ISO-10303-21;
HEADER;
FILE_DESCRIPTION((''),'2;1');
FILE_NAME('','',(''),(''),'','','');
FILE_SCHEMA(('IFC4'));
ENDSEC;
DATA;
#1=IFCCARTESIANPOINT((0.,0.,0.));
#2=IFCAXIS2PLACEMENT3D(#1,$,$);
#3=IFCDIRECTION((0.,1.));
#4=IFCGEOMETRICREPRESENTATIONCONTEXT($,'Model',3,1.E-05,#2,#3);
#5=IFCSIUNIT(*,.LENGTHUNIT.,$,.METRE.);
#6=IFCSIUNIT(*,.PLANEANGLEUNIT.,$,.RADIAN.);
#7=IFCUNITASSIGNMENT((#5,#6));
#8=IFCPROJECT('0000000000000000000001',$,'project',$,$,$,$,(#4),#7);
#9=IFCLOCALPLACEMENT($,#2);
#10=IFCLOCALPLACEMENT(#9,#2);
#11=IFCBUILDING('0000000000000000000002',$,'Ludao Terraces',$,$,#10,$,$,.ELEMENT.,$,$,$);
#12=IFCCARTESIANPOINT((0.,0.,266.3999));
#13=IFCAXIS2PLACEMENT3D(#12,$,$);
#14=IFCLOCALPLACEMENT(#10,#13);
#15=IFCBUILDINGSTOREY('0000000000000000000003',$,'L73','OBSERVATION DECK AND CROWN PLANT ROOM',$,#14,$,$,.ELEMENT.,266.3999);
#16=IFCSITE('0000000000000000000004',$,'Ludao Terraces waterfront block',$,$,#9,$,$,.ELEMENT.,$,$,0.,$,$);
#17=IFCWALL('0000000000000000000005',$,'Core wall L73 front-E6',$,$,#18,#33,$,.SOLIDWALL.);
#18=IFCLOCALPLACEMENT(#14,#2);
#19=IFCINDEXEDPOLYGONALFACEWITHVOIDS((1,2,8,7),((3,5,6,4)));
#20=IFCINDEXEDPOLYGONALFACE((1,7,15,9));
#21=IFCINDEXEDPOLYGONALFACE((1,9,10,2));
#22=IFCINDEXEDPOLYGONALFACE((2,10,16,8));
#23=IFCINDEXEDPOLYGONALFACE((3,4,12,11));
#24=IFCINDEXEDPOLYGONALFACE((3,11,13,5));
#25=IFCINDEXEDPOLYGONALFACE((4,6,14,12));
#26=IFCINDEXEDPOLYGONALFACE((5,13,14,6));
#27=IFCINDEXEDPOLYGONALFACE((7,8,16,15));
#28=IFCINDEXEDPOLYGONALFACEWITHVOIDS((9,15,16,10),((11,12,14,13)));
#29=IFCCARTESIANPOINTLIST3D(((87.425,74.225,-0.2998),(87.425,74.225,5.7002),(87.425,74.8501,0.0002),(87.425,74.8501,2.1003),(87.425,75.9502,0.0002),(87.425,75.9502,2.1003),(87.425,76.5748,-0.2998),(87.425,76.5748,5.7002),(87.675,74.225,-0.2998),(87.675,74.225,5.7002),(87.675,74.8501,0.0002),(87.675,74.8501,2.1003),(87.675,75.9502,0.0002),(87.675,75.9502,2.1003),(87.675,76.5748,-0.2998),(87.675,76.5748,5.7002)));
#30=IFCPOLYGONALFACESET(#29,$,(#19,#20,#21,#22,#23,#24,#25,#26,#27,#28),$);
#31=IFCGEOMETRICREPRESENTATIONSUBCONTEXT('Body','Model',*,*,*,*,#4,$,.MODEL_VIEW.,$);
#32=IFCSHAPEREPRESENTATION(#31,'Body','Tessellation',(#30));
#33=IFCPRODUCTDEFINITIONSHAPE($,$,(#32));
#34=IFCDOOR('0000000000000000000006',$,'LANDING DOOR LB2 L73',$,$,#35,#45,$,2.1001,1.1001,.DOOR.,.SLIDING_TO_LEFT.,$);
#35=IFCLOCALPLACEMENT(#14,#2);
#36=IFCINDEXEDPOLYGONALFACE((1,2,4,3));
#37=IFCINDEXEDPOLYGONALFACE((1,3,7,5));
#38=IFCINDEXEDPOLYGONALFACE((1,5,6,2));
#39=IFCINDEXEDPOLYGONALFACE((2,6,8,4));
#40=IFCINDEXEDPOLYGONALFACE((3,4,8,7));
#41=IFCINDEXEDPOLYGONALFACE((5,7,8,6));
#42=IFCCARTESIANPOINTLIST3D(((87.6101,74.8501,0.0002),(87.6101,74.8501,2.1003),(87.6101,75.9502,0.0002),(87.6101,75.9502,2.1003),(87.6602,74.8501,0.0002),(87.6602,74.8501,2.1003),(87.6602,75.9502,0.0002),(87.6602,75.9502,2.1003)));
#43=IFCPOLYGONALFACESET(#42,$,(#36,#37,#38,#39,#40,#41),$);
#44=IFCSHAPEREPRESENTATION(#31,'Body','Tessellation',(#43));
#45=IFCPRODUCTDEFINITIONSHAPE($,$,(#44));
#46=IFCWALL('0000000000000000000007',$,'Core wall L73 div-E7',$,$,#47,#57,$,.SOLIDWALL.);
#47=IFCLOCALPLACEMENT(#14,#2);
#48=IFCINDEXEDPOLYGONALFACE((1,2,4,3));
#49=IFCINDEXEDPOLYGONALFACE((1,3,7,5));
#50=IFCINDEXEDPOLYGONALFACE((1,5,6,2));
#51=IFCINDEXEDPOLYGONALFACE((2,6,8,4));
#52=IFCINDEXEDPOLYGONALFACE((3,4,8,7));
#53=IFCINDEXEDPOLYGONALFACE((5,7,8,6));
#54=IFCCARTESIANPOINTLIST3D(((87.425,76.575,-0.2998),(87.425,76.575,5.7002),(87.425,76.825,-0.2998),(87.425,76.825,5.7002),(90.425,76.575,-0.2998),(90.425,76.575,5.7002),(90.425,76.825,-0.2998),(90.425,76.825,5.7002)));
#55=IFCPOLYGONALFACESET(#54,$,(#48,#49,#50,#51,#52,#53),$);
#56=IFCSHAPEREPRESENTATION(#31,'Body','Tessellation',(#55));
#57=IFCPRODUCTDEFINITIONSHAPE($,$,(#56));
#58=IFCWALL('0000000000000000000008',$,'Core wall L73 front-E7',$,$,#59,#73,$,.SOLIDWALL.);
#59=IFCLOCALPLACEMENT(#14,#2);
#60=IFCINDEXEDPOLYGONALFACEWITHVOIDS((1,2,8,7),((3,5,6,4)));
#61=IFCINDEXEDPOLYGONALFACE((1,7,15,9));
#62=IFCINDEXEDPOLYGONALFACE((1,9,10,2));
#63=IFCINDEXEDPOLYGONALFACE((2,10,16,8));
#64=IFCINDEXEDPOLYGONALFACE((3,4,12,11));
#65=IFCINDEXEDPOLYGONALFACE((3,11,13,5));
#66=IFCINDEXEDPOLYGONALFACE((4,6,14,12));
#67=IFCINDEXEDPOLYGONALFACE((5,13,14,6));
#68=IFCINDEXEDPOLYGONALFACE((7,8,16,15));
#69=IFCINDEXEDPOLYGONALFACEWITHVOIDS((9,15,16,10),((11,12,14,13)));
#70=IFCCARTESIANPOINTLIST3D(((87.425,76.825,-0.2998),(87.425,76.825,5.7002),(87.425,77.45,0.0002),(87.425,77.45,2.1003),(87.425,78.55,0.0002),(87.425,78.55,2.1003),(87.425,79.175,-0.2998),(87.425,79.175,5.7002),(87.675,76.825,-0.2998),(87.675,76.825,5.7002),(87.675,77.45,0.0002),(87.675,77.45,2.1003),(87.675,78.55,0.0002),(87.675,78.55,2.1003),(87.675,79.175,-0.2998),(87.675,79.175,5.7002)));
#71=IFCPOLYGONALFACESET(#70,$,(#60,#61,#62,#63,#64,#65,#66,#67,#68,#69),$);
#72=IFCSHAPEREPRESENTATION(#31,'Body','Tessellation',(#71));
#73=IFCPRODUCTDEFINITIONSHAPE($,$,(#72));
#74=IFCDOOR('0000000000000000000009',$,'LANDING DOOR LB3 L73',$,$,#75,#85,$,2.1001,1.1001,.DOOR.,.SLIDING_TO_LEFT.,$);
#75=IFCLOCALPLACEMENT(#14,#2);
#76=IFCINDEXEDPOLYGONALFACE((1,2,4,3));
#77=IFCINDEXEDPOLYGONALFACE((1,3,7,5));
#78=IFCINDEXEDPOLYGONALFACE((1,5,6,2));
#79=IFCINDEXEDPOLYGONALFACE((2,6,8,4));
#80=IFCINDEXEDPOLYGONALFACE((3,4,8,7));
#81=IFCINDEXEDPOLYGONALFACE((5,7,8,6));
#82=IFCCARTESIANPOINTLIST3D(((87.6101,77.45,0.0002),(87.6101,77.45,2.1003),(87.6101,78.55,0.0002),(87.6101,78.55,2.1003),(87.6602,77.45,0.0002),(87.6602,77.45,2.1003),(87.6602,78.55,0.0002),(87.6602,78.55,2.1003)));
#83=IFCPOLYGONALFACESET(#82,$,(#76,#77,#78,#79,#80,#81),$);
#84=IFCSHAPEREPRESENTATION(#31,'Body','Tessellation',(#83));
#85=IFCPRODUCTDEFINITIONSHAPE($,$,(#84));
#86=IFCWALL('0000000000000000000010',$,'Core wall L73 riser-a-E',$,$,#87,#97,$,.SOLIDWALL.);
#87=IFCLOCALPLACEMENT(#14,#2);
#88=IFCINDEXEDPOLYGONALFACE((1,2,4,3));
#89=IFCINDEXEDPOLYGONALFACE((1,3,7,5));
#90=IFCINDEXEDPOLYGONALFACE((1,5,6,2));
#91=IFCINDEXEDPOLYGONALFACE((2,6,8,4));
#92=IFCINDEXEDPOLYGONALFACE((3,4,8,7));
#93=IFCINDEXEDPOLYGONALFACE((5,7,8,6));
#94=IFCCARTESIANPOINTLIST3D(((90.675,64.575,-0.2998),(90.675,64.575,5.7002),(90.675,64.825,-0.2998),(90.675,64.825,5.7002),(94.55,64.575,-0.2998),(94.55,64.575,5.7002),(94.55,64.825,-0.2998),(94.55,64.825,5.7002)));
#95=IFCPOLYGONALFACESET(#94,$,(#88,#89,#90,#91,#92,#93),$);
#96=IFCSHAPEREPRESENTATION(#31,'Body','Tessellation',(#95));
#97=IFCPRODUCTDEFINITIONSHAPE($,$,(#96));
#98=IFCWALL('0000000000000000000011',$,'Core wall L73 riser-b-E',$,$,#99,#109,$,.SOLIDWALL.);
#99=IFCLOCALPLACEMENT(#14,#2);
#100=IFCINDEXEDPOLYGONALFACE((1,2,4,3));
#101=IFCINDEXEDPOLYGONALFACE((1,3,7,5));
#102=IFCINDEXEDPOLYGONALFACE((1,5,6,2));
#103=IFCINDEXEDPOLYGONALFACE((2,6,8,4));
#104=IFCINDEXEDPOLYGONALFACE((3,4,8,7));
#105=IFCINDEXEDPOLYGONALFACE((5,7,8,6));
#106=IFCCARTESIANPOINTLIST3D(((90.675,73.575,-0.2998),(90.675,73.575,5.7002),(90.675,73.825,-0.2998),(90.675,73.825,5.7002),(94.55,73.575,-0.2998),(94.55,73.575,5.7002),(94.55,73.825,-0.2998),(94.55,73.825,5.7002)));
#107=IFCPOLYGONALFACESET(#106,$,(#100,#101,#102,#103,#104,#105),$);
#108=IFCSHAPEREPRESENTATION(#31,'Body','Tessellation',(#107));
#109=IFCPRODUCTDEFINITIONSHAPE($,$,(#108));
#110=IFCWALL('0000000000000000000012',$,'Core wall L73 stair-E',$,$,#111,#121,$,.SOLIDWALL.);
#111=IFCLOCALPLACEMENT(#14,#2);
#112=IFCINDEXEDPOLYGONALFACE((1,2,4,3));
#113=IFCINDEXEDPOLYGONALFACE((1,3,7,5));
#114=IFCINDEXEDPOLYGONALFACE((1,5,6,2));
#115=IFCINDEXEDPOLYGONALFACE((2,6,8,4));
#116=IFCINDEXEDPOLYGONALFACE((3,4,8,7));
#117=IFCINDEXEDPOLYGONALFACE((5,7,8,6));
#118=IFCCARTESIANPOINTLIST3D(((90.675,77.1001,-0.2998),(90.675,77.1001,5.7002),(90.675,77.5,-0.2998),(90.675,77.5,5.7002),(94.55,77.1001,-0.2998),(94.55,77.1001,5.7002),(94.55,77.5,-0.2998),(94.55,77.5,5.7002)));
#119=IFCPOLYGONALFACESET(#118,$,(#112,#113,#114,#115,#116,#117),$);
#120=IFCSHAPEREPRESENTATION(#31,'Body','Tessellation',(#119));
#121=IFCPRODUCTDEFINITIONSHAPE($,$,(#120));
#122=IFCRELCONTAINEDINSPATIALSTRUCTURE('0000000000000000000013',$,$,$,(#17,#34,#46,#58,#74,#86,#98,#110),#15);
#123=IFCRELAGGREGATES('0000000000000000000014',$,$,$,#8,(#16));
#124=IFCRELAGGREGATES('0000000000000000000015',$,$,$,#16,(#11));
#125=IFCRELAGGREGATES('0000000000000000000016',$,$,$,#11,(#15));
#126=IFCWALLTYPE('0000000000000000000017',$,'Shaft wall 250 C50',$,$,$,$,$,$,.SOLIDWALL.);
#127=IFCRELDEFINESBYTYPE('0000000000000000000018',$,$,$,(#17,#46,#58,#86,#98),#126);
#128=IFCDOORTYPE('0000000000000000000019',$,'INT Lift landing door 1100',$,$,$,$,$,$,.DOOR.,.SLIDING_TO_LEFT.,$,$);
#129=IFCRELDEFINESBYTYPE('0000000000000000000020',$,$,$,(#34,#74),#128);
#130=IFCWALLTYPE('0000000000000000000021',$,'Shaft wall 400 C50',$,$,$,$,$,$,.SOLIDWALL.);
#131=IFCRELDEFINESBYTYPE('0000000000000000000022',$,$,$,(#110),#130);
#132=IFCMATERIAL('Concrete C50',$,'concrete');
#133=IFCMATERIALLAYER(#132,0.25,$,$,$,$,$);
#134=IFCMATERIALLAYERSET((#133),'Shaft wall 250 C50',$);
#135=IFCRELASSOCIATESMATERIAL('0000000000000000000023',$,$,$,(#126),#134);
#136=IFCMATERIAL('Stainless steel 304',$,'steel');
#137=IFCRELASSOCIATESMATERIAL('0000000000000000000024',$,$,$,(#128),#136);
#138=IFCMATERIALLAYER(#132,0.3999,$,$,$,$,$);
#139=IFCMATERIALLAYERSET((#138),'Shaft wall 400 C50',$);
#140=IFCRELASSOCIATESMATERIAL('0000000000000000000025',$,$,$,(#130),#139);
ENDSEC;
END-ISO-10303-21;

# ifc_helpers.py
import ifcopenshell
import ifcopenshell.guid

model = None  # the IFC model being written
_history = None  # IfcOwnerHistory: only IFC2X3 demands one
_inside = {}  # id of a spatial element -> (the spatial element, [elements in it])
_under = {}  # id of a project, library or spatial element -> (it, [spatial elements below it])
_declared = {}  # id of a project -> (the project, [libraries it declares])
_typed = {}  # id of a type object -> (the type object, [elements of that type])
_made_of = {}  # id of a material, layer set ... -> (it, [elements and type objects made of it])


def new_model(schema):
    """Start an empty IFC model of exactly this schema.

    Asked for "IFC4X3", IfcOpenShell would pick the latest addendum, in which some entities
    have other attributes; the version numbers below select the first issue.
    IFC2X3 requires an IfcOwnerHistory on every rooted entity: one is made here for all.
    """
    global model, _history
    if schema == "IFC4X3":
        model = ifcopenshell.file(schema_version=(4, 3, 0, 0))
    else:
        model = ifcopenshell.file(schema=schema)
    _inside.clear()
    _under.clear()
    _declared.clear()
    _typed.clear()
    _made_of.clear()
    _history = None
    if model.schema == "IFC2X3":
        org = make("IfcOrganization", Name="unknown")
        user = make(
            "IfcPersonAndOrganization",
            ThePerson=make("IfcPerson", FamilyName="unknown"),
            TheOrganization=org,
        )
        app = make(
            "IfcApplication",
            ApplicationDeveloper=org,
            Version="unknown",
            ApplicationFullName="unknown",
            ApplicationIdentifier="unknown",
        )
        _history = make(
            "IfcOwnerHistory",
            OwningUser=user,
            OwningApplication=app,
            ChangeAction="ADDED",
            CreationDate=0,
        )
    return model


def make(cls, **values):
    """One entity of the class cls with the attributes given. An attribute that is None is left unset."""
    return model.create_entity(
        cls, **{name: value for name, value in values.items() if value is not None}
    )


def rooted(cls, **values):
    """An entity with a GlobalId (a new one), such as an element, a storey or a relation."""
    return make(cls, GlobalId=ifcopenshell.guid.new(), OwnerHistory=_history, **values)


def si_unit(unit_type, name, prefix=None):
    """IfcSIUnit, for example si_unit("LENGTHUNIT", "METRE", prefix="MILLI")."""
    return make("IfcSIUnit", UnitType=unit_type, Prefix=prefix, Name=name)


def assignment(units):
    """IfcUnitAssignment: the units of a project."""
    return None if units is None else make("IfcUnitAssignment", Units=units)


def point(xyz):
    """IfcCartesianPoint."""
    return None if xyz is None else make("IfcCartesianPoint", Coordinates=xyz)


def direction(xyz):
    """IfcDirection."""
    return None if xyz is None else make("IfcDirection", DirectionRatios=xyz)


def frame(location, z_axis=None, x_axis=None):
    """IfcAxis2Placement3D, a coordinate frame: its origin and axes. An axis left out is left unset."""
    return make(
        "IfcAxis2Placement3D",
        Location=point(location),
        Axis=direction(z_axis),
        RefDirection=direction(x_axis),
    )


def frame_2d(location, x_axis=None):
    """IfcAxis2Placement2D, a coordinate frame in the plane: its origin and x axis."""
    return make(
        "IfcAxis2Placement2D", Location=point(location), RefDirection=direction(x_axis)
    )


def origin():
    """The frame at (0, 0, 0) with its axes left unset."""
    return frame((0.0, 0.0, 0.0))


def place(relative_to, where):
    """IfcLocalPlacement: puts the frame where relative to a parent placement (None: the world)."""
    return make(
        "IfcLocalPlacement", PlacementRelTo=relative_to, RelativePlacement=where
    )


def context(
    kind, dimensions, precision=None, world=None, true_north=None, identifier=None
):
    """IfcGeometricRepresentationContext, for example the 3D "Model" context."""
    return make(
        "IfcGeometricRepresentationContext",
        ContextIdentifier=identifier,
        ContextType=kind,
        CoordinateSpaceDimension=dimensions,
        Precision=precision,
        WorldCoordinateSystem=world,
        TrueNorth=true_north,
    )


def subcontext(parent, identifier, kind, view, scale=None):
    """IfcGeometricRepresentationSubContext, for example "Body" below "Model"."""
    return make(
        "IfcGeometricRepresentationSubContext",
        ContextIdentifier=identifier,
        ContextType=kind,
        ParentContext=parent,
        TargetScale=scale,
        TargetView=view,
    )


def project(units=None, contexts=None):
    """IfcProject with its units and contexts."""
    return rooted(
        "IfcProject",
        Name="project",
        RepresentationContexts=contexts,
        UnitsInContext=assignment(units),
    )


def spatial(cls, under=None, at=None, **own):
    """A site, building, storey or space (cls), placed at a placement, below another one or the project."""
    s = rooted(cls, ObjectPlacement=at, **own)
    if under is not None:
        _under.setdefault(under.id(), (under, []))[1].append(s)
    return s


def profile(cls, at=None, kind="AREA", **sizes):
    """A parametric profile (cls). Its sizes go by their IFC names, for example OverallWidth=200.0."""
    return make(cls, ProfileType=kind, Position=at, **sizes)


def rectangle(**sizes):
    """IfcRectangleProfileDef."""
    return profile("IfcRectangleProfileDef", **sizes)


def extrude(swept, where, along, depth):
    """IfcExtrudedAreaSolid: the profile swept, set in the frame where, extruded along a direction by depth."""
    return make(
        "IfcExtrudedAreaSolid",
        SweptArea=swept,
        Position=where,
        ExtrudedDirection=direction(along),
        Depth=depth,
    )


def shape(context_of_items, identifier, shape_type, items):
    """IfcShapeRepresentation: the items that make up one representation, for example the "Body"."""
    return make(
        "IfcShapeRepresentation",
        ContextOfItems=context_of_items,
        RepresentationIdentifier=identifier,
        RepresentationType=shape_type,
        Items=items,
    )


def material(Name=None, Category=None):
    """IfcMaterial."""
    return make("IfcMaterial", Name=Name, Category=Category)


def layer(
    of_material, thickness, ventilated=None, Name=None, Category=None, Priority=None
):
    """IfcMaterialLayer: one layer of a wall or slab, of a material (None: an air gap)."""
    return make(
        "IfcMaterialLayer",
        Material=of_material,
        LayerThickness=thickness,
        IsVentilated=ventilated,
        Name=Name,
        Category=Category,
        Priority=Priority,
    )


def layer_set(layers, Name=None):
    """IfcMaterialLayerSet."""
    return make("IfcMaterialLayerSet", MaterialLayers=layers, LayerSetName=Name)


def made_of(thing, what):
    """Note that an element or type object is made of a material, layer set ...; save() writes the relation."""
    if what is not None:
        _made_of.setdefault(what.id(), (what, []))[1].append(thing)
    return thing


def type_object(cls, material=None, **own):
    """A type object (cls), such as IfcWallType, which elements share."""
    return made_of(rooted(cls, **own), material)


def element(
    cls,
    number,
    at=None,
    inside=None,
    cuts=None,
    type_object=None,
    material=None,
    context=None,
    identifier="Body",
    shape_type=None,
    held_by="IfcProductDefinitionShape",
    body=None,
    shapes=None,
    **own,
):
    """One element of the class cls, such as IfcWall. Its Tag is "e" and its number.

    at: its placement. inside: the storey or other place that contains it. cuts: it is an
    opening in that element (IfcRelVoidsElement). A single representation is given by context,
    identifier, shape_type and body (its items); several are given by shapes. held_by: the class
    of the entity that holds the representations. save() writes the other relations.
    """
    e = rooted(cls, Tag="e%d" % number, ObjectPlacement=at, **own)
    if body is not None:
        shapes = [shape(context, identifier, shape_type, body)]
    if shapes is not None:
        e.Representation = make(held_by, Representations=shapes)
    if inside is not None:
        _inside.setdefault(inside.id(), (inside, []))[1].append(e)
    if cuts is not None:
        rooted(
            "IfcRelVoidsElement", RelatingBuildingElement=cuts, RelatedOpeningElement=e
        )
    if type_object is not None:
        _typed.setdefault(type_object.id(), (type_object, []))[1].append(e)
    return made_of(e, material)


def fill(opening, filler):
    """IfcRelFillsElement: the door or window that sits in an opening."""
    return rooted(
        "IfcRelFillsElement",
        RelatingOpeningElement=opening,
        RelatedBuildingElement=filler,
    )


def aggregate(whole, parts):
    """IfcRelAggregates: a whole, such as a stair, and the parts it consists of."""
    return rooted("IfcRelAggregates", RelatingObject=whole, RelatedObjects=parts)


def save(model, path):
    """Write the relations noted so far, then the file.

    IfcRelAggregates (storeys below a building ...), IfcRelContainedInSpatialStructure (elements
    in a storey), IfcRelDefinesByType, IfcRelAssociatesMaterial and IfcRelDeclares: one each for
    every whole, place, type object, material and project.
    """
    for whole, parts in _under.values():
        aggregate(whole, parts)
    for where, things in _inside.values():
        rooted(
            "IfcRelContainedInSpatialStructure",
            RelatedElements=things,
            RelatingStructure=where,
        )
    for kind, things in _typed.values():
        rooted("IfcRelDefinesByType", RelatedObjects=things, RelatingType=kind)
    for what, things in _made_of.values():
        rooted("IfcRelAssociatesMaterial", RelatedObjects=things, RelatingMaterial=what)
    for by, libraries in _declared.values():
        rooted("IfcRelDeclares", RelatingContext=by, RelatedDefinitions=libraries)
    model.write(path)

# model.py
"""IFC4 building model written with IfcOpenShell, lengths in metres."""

from ifc_helpers import new_model, si_unit, direction, frame, frame_2d, origin, place, context, subcontext, project, spatial, rectangle, extrude, material, layer, layer_set, type_object, element, fill, save


model = new_model("IFC4")

# Units and contexts
model_context = context("Model", 3, precision=1e-05, world=origin(), true_north=direction((0.0, 1.0)))
body_context = subcontext(model_context, "Body", "Model", "MODEL_VIEW")
ifc_project = project(units=[si_unit("LENGTHUNIT", "METRE"), si_unit("PLANEANGLEUNIT", "RADIAN")], contexts=[model_context])

# Site, building, storey
site_placement = place(None, origin())
site = spatial("IfcSite", under=ifc_project, at=site_placement, Name="Ludao Terraces waterfront block", CompositionType="ELEMENT", RefElevation=0.0)
building_placement = place(site_placement, origin())
building = spatial("IfcBuilding", under=site, at=building_placement, Name="Ludao Terraces", CompositionType="ELEMENT")
storey_placement = place(building_placement, frame((0.0, 0.0, 266.3999)))
storey = spatial("IfcBuildingStorey", under=building, at=storey_placement, Name="L73", Description="OBSERVATION DECK AND CROWN PLANT ROOM", CompositionType="ELEMENT", Elevation=266.3999)

# Shared definitions
ifc_material_1 = material(Name="Concrete C50", Category="concrete")

# Shared definitions
ifc_layer_1 = layer(ifc_material_1, 0.25)
ifc_layer_set_1 = layer_set([ifc_layer_1], Name="Shaft wall 250 C50")
wall_type_1 = type_object("IfcWallType", Name="Shaft wall 250 C50", PredefinedType="SOLIDWALL", material=ifc_layer_set_1)

# Shared definitions
ifc_material_2 = material(Name="Stainless steel 304", Category="steel")
door_type_1 = type_object("IfcDoorType", Name="INT Lift landing door 1100", OperationType="SLIDING_TO_LEFT", PredefinedType="DOOR", material=ifc_material_2)

# Wall, opening, door
wall_1_placement = place(storey_placement, frame((87.55, 74.2251, -0.2998), z_axis=(0.0, 0.0, 1.0), x_axis=(0.0, 1.0, 0.0)))
wall_1 = element("IfcWall", 1, at=wall_1_placement, inside=storey, type_object=wall_type_1, Name="Core wall L73 front-E6", PredefinedType="SOLIDWALL", context=body_context, shape_type="SweptSolid", body=[
    extrude(rectangle(XDim=2.3499, YDim=0.25, at=frame_2d((1.1748, 0.0))), origin(), (0.0, 0.0, 1.0), 6.0),
])
opening_1_placement = place(wall_1_placement, frame((0.625, 0.0, 0.3)))
opening_1 = element("IfcOpeningElement", 2, at=opening_1_placement, cuts=wall_1, PredefinedType="OPENING", context=body_context, shape_type="SweptSolid", body=[
    extrude(rectangle(XDim=1.1001, YDim=2.1001, at=frame_2d((0.55, 1.05))), frame((0.0, 0.135, 0.0), z_axis=(0.0, -1.0, 0.0), x_axis=(1.0, 0.0, 0.0)), (0.0, 0.0, 1.0), 0.27),
])
door_1_placement = place(opening_1_placement, origin())
door_1 = element("IfcDoor", 3, at=door_1_placement, inside=storey, type_object=door_type_1, Name="LANDING DOOR LB2 L73", OperationType="SLIDING_TO_LEFT", OverallHeight=2.1001, OverallWidth=1.1001, PredefinedType="DOOR", context=body_context, shape_type="SweptSolid", body=[
    extrude(rectangle(XDim=1.1001, YDim=2.1001, at=frame_2d((0.55, 1.05))), frame((0.0, -0.0601, 0.0), z_axis=(0.0, -1.0, 0.0), x_axis=(1.0, 0.0, 0.0)), (0.0, 0.0, 1.0), 0.05),
])
fill(opening_1, door_1)

# Wall
wall_2_placement = place(storey_placement, frame((87.425, 76.7, -0.2998), z_axis=(0.0, 0.0, 1.0), x_axis=(1.0, 0.0, 0.0)))
element("IfcWall", 4, at=wall_2_placement, inside=storey, type_object=wall_type_1, Name="Core wall L73 div-E7", PredefinedType="SOLIDWALL", context=body_context, shape_type="SweptSolid", body=[
    extrude(rectangle(XDim=3.0, YDim=0.25, at=frame_2d((1.5, 0.0))), origin(), (0.0, 0.0, 1.0), 6.0),
])

# Wall, opening, door
wall_3_placement = place(storey_placement, frame((87.55, 76.825, -0.2998), z_axis=(0.0, 0.0, 1.0), x_axis=(0.0, 1.0, 0.0)))
wall_3 = element("IfcWall", 5, at=wall_3_placement, inside=storey, type_object=wall_type_1, Name="Core wall L73 front-E7", PredefinedType="SOLIDWALL", context=body_context, shape_type="SweptSolid", body=[
    extrude(rectangle(XDim=2.3501, YDim=0.25, at=frame_2d((1.175, 0.0))), origin(), (0.0, 0.0, 1.0), 6.0),
])
opening_2_placement = place(wall_3_placement, frame((0.625, 0.0, 0.3)))
opening_2 = element("IfcOpeningElement", 6, at=opening_2_placement, cuts=wall_3, PredefinedType="OPENING", context=body_context, shape_type="SweptSolid", body=[
    extrude(rectangle(XDim=1.1001, YDim=2.1001, at=frame_2d((0.55, 1.05))), frame((0.0, 0.135, 0.0), z_axis=(0.0, -1.0, 0.0), x_axis=(1.0, 0.0, 0.0)), (0.0, 0.0, 1.0), 0.27),
])
door_2_placement = place(opening_2_placement, origin())
door_2 = element("IfcDoor", 7, at=door_2_placement, inside=storey, type_object=door_type_1, Name="LANDING DOOR LB3 L73", OperationType="SLIDING_TO_LEFT", OverallHeight=2.1001, OverallWidth=1.1001, PredefinedType="DOOR", context=body_context, shape_type="SweptSolid", body=[
    extrude(rectangle(XDim=1.1001, YDim=2.1001, at=frame_2d((0.55, 1.05))), frame((0.0, -0.0601, 0.0), z_axis=(0.0, -1.0, 0.0), x_axis=(1.0, 0.0, 0.0)), (0.0, 0.0, 1.0), 0.05),
])
fill(opening_2, door_2)

# Walls
for number, where, z_axis, x_axis, name in (
    (8, (90.675, 64.7, -0.2998), (0.0, 0.0, 1.0), (1.0, 0.0, 0.0), "Core wall L73 riser-a-E"),
    (9, (90.675, 73.7, -0.2998), (0.0, 0.0, 1.0), (1.0, 0.0, 0.0), "Core wall L73 riser-b-E"),
):
    element("IfcWall", number, at=place(storey_placement, frame(where, z_axis=z_axis, x_axis=x_axis)), inside=storey, type_object=wall_type_1, Name=name, PredefinedType="SOLIDWALL", context=body_context, shape_type="SweptSolid", body=[
        extrude(rectangle(XDim=3.875, YDim=0.25, at=frame_2d((1.9375, 0.0))), origin(), (0.0, 0.0, 1.0), 6.0),
    ])
ifc_layer_2 = layer(ifc_material_1, 0.3999)
ifc_layer_set_2 = layer_set([ifc_layer_2], Name="Shaft wall 400 C50")
wall_type_2 = type_object("IfcWallType", Name="Shaft wall 400 C50", PredefinedType="SOLIDWALL", material=ifc_layer_set_2)
wall_4_placement = place(storey_placement, frame((90.675, 77.3, -0.2998), z_axis=(0.0, 0.0, 1.0), x_axis=(1.0, 0.0, 0.0)))
element("IfcWall", 10, at=wall_4_placement, inside=storey, type_object=wall_type_2, Name="Core wall L73 stair-E", PredefinedType="SOLIDWALL", context=body_context, shape_type="SweptSolid", body=[
    extrude(rectangle(XDim=3.875, YDim=0.3999, at=frame_2d((1.9375, 0.0))), origin(), (0.0, 0.0, 1.0), 6.0),
])

save(model, "model.ifc")
